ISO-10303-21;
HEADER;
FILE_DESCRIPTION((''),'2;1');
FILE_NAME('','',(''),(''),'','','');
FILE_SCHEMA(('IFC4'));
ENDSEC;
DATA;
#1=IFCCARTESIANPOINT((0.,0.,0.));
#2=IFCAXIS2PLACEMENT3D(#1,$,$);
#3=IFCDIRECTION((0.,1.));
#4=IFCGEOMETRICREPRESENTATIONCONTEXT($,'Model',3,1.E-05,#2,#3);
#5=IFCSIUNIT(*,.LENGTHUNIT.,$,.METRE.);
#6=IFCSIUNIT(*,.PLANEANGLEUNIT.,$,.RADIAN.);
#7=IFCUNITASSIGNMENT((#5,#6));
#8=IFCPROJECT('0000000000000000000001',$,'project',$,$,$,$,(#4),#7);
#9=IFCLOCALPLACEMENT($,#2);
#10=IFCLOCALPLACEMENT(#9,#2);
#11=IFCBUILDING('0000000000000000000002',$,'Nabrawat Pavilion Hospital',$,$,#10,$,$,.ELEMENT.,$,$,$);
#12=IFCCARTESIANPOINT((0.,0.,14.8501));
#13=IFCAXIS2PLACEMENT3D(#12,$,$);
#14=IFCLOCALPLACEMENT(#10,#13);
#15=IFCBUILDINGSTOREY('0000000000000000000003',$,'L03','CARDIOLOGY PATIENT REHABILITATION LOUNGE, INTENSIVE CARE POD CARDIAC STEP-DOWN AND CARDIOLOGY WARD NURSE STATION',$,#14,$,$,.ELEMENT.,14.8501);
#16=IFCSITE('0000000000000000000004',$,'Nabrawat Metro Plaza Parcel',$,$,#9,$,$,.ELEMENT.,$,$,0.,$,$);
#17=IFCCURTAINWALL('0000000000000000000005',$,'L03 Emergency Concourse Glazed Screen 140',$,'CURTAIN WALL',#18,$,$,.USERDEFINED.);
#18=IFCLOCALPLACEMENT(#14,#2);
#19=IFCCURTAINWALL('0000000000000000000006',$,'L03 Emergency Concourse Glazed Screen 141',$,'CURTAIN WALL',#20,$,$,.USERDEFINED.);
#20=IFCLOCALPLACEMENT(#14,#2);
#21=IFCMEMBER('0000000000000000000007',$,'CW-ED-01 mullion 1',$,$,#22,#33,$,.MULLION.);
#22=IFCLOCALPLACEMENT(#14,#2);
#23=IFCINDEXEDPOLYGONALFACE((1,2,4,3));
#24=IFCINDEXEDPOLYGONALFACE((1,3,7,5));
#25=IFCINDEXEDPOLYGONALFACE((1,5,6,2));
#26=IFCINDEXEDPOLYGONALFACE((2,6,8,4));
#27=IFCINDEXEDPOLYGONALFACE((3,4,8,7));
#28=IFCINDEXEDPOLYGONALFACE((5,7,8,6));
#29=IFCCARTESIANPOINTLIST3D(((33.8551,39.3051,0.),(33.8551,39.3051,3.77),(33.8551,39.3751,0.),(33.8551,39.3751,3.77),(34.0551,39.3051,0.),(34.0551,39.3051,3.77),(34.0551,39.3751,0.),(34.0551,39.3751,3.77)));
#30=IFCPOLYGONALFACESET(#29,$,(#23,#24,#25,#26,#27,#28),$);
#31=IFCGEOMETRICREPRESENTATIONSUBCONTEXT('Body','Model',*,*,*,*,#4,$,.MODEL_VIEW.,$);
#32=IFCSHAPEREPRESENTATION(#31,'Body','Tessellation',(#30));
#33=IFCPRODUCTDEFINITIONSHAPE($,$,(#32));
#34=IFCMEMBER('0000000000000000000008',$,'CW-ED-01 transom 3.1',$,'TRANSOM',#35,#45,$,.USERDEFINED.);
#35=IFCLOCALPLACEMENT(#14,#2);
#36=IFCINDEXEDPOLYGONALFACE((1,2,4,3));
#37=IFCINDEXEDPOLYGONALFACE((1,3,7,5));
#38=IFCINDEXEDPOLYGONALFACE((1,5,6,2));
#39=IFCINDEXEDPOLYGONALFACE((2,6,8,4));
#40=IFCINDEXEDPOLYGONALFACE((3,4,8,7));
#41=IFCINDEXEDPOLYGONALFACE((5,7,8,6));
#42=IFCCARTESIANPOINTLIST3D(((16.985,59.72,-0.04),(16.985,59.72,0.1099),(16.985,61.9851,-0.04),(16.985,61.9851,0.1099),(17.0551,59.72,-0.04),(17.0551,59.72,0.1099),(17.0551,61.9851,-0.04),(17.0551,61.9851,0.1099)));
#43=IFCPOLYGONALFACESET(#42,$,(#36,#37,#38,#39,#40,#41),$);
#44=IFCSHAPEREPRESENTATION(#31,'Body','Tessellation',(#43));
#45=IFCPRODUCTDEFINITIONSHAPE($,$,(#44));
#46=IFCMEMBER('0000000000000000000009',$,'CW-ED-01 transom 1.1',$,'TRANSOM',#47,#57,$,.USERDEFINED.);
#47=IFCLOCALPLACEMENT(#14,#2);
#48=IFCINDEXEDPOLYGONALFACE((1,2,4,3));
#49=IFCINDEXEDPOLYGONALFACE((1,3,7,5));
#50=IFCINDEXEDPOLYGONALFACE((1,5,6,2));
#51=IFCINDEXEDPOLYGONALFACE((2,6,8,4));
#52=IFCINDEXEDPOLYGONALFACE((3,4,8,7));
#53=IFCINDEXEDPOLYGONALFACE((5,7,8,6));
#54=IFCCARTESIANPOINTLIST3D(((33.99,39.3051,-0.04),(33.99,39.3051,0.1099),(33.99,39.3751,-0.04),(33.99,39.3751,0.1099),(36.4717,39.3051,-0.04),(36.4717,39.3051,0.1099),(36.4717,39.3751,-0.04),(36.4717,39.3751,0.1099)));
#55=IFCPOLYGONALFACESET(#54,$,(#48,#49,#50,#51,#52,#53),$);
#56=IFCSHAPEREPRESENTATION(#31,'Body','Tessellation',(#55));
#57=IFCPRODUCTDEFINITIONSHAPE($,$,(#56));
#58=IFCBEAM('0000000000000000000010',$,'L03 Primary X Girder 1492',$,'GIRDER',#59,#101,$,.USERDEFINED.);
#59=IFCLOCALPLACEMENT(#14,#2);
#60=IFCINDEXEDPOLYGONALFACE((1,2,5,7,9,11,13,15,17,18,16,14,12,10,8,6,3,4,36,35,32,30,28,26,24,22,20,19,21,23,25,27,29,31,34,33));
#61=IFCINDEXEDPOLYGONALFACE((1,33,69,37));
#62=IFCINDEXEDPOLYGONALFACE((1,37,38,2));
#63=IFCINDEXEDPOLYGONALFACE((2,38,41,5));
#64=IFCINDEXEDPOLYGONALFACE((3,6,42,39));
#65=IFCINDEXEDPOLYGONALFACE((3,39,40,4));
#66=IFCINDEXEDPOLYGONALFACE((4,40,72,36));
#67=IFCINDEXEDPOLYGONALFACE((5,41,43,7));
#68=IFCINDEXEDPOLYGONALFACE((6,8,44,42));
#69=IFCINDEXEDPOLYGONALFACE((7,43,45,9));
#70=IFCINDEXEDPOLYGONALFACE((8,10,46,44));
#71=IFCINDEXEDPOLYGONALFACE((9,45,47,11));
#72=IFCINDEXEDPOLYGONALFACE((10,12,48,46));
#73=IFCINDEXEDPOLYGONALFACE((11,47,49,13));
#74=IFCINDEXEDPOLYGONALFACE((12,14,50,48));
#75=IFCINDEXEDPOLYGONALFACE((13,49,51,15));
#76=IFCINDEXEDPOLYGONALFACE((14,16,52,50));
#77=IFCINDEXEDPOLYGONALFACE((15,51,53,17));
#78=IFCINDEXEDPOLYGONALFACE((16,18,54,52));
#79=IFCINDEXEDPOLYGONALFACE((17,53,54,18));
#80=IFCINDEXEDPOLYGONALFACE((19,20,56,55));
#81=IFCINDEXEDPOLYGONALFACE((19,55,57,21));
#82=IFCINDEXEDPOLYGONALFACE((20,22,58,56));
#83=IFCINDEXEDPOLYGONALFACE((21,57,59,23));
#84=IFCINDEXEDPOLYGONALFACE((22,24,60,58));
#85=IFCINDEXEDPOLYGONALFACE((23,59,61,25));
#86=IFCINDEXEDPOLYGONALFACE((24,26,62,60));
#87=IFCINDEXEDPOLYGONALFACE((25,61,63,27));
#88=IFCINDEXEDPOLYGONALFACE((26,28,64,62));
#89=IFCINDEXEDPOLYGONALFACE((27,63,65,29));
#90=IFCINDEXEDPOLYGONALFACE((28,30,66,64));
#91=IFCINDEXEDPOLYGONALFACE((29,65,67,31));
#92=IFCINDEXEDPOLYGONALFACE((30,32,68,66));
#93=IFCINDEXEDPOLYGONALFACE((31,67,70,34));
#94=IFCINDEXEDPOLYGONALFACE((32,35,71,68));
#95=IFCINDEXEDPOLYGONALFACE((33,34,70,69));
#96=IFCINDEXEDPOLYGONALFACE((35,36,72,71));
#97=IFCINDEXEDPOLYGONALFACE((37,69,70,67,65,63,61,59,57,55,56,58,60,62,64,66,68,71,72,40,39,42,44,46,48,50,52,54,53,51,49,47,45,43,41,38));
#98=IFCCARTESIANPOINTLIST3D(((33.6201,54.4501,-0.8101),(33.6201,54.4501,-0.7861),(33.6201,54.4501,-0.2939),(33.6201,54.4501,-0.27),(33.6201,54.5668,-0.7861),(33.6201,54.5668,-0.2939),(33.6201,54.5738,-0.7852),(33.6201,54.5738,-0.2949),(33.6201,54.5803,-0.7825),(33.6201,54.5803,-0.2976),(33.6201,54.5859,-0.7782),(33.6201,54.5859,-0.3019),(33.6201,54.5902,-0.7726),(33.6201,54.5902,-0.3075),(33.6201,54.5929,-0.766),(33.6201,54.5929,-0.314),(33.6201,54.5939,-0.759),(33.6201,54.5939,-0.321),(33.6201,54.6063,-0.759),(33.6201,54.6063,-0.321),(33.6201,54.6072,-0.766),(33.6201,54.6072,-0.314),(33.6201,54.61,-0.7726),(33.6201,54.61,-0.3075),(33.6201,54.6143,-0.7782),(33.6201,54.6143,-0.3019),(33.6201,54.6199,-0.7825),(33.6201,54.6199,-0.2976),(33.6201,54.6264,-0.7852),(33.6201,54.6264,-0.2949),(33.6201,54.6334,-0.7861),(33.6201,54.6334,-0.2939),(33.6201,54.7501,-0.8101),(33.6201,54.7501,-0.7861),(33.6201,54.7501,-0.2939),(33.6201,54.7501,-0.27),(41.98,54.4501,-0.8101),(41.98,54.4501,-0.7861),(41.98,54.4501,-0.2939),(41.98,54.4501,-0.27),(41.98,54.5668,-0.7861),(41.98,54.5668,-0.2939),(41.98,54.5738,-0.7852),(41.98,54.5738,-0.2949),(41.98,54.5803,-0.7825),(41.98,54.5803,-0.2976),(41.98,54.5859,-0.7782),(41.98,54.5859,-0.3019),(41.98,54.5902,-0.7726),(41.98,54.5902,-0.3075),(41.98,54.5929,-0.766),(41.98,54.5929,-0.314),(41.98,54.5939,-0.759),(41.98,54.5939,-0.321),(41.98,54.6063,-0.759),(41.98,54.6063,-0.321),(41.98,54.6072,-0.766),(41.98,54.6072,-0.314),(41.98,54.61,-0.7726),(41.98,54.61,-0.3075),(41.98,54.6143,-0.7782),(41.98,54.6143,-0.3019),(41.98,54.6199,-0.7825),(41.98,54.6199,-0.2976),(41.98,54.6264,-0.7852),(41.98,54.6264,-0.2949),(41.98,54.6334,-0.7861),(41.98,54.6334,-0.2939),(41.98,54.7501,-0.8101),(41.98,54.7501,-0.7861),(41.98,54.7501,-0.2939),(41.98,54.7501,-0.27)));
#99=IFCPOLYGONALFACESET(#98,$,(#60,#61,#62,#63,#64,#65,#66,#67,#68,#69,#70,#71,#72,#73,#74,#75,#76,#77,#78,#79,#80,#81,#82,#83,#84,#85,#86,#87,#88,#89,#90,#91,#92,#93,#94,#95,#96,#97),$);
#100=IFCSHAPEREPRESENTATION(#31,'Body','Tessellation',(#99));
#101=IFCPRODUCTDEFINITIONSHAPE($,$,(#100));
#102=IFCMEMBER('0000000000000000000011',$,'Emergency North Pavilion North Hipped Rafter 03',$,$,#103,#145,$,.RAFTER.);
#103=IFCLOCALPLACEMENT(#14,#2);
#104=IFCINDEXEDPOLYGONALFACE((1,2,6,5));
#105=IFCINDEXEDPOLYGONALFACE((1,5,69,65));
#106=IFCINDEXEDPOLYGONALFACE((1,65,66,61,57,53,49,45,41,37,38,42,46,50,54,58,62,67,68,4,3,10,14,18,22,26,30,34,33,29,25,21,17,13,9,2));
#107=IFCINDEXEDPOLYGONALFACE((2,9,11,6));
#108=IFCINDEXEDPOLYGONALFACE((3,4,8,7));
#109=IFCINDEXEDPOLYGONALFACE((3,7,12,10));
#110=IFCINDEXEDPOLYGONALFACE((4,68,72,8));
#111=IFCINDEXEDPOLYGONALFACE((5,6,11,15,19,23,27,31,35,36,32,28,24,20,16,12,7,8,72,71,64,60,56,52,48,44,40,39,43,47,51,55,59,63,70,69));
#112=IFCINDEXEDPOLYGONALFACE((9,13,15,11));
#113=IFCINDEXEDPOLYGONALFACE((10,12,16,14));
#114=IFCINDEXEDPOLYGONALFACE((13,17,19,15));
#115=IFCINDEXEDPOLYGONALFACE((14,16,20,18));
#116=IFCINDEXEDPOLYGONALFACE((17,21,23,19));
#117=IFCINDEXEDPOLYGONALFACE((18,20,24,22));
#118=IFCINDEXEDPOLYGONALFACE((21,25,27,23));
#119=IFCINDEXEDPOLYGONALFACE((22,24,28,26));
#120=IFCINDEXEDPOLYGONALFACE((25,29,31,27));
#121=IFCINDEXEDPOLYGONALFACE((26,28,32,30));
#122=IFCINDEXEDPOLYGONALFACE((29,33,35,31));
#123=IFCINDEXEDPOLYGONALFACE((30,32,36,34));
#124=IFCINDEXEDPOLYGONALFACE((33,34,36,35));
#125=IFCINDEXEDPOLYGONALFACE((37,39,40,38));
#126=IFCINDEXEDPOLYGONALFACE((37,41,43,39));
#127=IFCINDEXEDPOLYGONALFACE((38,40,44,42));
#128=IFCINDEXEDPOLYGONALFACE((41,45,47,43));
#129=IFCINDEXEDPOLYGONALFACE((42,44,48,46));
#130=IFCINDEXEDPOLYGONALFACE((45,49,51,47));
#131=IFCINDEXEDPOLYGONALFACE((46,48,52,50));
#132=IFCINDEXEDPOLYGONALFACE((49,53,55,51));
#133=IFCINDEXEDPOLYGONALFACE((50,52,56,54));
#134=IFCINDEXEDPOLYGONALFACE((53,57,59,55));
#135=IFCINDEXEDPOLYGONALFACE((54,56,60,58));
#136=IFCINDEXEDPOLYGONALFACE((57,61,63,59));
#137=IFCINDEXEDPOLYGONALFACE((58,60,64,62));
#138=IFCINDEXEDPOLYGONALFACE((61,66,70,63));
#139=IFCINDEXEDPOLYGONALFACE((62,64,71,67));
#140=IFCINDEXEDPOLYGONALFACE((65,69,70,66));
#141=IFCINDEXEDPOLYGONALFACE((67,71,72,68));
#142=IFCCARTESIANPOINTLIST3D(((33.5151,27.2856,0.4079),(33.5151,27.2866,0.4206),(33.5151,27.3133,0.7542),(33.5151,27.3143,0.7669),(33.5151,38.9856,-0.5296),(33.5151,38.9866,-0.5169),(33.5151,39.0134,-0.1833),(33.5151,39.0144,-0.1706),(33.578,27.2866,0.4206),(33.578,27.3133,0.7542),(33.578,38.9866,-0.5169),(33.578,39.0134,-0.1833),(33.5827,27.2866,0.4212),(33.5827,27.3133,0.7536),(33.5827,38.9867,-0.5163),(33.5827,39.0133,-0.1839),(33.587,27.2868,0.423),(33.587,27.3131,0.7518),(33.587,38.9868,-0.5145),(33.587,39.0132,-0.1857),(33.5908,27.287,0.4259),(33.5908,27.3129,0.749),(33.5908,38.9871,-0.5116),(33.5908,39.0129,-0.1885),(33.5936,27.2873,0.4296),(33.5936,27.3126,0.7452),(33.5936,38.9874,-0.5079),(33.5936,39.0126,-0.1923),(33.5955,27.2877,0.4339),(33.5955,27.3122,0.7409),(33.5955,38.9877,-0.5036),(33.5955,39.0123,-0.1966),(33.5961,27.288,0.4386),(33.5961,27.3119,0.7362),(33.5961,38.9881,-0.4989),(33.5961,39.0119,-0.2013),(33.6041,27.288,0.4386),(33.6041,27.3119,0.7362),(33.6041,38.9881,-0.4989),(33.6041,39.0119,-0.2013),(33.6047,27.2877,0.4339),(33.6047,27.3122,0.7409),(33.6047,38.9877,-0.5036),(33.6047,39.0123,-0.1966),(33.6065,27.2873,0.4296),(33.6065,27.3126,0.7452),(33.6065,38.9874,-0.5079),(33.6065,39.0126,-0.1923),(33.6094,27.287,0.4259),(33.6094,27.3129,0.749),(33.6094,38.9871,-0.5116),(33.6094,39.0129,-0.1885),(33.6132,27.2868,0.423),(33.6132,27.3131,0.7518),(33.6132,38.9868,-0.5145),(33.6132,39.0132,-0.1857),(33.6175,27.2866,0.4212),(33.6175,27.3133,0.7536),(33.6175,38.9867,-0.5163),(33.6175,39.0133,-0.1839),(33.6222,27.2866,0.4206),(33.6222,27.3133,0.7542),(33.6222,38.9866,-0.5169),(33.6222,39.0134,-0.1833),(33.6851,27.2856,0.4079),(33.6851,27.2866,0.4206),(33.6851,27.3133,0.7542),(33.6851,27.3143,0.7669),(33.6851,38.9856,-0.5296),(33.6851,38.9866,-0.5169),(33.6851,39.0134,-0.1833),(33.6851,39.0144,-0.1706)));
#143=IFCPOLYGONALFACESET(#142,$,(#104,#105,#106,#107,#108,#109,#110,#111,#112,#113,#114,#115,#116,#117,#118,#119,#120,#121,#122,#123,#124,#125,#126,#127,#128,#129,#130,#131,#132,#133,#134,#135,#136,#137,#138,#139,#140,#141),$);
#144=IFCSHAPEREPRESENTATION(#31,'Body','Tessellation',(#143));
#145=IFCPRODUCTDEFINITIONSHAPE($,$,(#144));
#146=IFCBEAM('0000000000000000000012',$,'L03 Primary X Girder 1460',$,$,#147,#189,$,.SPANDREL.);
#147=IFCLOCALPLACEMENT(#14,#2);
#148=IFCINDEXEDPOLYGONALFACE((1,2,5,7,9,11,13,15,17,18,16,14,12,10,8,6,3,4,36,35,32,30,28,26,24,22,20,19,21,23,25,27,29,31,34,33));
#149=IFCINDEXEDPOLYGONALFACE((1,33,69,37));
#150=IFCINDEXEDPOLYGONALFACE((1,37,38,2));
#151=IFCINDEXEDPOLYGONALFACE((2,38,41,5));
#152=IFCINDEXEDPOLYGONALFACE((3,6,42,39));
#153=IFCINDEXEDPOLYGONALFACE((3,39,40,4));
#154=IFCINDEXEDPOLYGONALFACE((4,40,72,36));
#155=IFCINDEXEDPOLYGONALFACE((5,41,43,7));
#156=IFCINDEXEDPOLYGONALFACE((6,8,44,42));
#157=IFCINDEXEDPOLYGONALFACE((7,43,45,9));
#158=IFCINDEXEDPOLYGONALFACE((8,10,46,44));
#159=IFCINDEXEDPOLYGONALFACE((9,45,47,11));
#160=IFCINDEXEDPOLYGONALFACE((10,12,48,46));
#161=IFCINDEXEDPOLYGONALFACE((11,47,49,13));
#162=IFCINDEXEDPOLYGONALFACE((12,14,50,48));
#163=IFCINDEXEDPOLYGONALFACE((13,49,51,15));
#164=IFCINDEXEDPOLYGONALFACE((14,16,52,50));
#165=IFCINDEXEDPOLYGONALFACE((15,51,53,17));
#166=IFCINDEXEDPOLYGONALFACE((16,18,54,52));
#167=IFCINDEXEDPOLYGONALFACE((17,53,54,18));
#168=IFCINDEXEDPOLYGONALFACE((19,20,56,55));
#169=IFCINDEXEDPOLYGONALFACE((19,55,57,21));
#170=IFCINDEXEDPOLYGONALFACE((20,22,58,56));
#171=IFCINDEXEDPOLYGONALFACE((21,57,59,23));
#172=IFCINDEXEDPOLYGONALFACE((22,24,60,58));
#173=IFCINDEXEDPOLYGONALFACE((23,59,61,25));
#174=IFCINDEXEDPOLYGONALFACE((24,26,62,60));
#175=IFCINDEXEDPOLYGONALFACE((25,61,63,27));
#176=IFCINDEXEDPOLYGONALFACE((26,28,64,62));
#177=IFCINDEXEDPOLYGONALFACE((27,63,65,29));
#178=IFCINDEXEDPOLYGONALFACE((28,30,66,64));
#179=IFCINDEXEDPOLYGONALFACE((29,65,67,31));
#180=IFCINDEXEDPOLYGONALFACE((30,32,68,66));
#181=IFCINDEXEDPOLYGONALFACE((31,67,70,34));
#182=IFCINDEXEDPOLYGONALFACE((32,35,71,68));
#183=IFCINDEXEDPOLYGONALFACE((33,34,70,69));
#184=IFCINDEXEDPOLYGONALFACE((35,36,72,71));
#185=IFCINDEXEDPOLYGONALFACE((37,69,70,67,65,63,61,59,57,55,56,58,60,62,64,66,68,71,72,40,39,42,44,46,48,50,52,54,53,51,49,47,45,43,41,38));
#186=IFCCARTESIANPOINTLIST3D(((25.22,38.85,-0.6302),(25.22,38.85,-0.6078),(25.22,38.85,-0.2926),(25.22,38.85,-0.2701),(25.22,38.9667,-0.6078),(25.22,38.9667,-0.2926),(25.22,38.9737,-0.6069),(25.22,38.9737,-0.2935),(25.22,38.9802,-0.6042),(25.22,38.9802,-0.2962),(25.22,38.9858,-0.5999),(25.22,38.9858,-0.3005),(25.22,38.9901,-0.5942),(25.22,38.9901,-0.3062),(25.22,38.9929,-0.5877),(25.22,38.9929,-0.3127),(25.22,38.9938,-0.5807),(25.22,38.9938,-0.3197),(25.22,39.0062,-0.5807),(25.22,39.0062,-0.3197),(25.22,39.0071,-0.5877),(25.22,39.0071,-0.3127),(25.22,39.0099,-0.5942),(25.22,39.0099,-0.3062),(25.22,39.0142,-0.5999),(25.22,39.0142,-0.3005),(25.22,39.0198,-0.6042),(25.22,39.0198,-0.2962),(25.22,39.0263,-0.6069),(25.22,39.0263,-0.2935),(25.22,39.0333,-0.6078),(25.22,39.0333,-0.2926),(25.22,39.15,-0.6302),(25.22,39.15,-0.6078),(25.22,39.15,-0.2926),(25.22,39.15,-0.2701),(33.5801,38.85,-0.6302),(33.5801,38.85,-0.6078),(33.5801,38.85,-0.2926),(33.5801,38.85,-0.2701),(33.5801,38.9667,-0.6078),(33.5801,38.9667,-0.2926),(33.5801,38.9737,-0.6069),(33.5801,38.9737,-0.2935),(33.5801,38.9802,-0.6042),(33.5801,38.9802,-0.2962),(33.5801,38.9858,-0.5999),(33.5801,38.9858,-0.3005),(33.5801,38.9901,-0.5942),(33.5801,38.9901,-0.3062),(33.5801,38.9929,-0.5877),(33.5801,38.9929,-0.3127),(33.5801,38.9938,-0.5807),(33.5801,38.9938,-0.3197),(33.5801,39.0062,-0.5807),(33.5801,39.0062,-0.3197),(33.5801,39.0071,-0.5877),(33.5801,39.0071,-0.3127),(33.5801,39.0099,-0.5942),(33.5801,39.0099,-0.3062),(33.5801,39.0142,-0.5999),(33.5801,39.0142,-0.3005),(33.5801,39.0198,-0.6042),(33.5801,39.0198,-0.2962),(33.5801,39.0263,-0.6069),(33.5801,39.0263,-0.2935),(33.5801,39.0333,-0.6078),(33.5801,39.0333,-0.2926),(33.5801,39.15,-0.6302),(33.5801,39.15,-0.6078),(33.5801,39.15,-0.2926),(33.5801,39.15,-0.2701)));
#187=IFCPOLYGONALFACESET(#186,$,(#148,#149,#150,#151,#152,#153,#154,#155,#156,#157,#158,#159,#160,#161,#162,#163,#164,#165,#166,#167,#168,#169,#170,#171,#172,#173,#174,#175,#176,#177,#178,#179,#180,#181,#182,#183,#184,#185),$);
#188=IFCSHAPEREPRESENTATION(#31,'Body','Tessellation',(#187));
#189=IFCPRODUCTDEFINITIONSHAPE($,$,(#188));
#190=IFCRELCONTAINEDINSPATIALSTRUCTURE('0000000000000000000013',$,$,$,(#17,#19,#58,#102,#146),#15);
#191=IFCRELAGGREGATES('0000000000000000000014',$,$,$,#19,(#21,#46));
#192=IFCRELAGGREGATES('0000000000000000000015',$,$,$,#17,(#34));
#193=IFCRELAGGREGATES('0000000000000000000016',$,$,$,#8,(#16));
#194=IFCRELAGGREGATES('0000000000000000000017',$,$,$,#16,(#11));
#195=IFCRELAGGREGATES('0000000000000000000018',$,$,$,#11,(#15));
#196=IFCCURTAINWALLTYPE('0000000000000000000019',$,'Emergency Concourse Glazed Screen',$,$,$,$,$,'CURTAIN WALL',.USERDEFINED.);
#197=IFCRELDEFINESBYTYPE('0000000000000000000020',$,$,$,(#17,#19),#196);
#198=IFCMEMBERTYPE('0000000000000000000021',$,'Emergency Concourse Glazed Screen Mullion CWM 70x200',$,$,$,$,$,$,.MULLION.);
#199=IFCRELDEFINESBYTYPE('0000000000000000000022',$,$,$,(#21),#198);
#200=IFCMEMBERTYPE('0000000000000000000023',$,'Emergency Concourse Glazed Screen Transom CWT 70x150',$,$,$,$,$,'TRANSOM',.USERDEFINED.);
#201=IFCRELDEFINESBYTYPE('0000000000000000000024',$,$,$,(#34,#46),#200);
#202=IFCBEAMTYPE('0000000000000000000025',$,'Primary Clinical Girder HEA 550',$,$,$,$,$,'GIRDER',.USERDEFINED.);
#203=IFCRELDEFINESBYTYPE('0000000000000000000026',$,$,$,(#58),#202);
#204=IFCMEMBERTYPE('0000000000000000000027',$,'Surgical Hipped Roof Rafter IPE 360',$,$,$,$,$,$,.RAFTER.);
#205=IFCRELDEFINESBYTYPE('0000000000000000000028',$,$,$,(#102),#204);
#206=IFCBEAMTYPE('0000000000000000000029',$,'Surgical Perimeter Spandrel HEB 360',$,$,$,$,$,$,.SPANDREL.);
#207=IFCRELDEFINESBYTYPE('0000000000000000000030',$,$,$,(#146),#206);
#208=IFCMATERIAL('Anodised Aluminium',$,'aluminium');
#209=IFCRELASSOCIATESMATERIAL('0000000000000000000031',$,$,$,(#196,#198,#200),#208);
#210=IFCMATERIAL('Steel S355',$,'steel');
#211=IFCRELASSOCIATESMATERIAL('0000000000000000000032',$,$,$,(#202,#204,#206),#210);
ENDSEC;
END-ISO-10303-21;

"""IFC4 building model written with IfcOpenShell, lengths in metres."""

from ifc_helpers import new_model, si_unit, direction, frame, origin, origin_2d, place, context, subcontext, project, spatial, rectangle, i_section, extrude, material, material_profile, profile_set, type_object, element, aggregate, save


model = new_model("IFC4")

# Units and contexts
model_context = context("Model", 3, precision=1e-05, world=origin(), true_north=direction((0.0, 1.0)))
body_context = subcontext(model_context, "Body", "Model", "MODEL_VIEW")
ifc_project = project(units=[si_unit("LENGTHUNIT", "METRE"), si_unit("PLANEANGLEUNIT", "RADIAN")], contexts=[model_context])

# Site, building, storey
site_placement = place(None, origin())
site = spatial("IfcSite", under=ifc_project, at=site_placement, Name="Nabrawat Metro Plaza Parcel", CompositionType="ELEMENT", RefElevation=0.0)
building_placement = place(site_placement, origin())
building = spatial("IfcBuilding", under=site, at=building_placement, Name="Nabrawat Pavilion Hospital", CompositionType="ELEMENT")
storey_placement = place(building_placement, frame((0.0, 0.0, 14.8501)))
storey = spatial("IfcBuildingStorey", under=building, at=storey_placement, Name="L03", Description="CARDIOLOGY PATIENT REHABILITATION LOUNGE, INTENSIVE CARE POD CARDIAC STEP-DOWN AND CARDIOLOGY WARD NURSE STATION", CompositionType="ELEMENT", Elevation=14.8501)

# Shared definitions
ifc_material_1 = material(Name="Steel S355", Category="steel")

# Curtain walls, member
ifc_material_2 = material(Name="Anodised Aluminium", Category="aluminium")
curtain_wall_type = type_object("IfcCurtainWallType", Name="Emergency Concourse Glazed Screen", ElementType="CURTAIN WALL", PredefinedType="USERDEFINED", material=ifc_material_2)
curtain_wall_1_placement = place(storey_placement, origin())
curtain_wall_1 = element("IfcCurtainWall", 1, at=curtain_wall_1_placement, inside=storey, type_object=curtain_wall_type, Name="L03 Emergency Concourse Glazed Screen 140", ObjectType="CURTAIN WALL", PredefinedType="USERDEFINED")
ifc_material_profile_1 = material_profile(ifc_material_2, rectangle(XDim=0.0701, YDim=0.2, at=origin_2d()), Name="CWM 70x200")
ifc_profile_set_1 = profile_set([ifc_material_profile_1], Name="Anodised Aluminium")
member_type_1 = type_object("IfcMemberType", Name="Emergency Concourse Glazed Screen Mullion CWM 70x200", PredefinedType="MULLION", material=ifc_profile_set_1)
curtain_wall_2_placement = place(storey_placement, origin())
curtain_wall_2 = element("IfcCurtainWall", 2, at=curtain_wall_2_placement, inside=storey, type_object=curtain_wall_type, Name="L03 Emergency Concourse Glazed Screen 141", ObjectType="CURTAIN WALL", PredefinedType="USERDEFINED")
member_1_placement = place(storey_placement, frame((33.9551, 39.3401, 0.0), z_axis=(0.0, 0.0, 1.0), x_axis=(0.0, 1.0, 0.0)))
member_1 = element("IfcMember", 3, at=member_1_placement, type_object=member_type_1, Name="CW-ED-01 mullion 1", PredefinedType="MULLION", context=body_context, shape_type="SweptSolid", body=[
    extrude(rectangle(XDim=0.0701, YDim=0.2, at=origin_2d()), origin(), (0.0, 0.0, 1.0), 3.77),
])

# Members
ifc_material_profile_2 = material_profile(ifc_material_2, rectangle(XDim=0.0701, YDim=0.1499, at=origin_2d()), Name="CWT 70x150")
ifc_profile_set_2 = profile_set([ifc_material_profile_2], Name="Anodised Aluminium")
member_type_2 = type_object("IfcMemberType", Name="Emergency Concourse Glazed Screen Transom CWT 70x150", ElementType="TRANSOM", PredefinedType="USERDEFINED", material=ifc_profile_set_2)
member_2_placement = place(storey_placement, frame((17.02, 59.72, 0.0349), z_axis=(0.0, 1.0, 0.0), x_axis=(-1.0, 0.0, 0.0)))
member_2 = element("IfcMember", 4, at=member_2_placement, type_object=member_type_2, Name="CW-ED-01 transom 3.1", ObjectType="TRANSOM", PredefinedType="USERDEFINED", context=body_context, shape_type="SweptSolid", body=[
    extrude(rectangle(XDim=0.0701, YDim=0.1499, at=origin_2d()), origin(), (0.0, 0.0, 1.0), 2.2651),
])
member_3_placement = place(storey_placement, frame((33.99, 39.3401, 0.0349), z_axis=(1.0, 0.0, 0.0), x_axis=(0.0, 1.0, 0.0)))
member_3 = element("IfcMember", 5, at=member_3_placement, type_object=member_type_2, Name="CW-ED-01 transom 1.1", ObjectType="TRANSOM", PredefinedType="USERDEFINED", context=body_context, shape_type="SweptSolid", body=[
    extrude(rectangle(XDim=0.0701, YDim=0.1499, at=origin_2d()), origin(), (0.0, 0.0, 1.0), 2.4817),
])
aggregate(curtain_wall_2, [member_1, member_3])

# Beam
ifc_material_profile_3 = material_profile(ifc_material_1, i_section(OverallWidth=0.3, OverallDepth=0.54, WebThickness=0.0125, FlangeThickness=0.0239, FilletRadius=0.0271, at=origin_2d()), Name="HEA 550")
ifc_profile_set_3 = profile_set([ifc_material_profile_3], Name="Steel S355")
beam_type_1 = type_object("IfcBeamType", Name="Primary Clinical Girder HEA 550", ElementType="GIRDER", PredefinedType="USERDEFINED", material=ifc_profile_set_3)
beam_1_placement = place(storey_placement, frame((33.6201, 54.6001, -0.54), z_axis=(1.0, 0.0, 0.0), x_axis=(0.0, 1.0, 0.0)))
element("IfcBeam", 6, at=beam_1_placement, inside=storey, type_object=beam_type_1, Name="L03 Primary X Girder 1492", ObjectType="GIRDER", PredefinedType="USERDEFINED", context=body_context, shape_type="SweptSolid", body=[
    extrude(i_section(OverallWidth=0.3, OverallDepth=0.54, WebThickness=0.0125, FlangeThickness=0.0239, FilletRadius=0.0271, at=origin_2d()), origin(), (0.0, 0.0, 1.0), 8.3599),
])

# Member
ifc_material_profile_4 = material_profile(ifc_material_1, i_section(OverallWidth=0.1699, OverallDepth=0.3601, WebThickness=0.0081, FlangeThickness=0.0127, FilletRadius=0.0181, at=origin_2d()), Name="IPE 360")
ifc_profile_set_4 = profile_set([ifc_material_profile_4], Name="Steel S355")
member_type_3 = type_object("IfcMemberType", Name="Surgical Hipped Roof Rafter IPE 360", PredefinedType="RAFTER", material=ifc_profile_set_4)
member_4_placement = place(storey_placement, frame((33.6001, 39.0, -0.3501), z_axis=(0.0, -0.996805, 0.079873), x_axis=(1.0, 0.0, 0.0)))
element("IfcMember", 7, at=member_4_placement, inside=storey, type_object=member_type_3, Name="Emergency North Pavilion North Hipped Rafter 03", PredefinedType="RAFTER", context=body_context, shape_type="SweptSolid", body=[
    extrude(i_section(OverallWidth=0.1699, OverallDepth=0.3601, WebThickness=0.0081, FlangeThickness=0.0127, FilletRadius=0.0181, at=origin_2d()), origin(), (0.0, 0.0, 1.0), 11.7375),
])

# Beam
ifc_material_profile_5 = material_profile(ifc_material_1, i_section(OverallWidth=0.3, OverallDepth=0.3601, WebThickness=0.0125, FlangeThickness=0.0225, FilletRadius=0.0271, at=origin_2d()), Name="HEB 360")
ifc_profile_set_5 = profile_set([ifc_material_profile_5], Name="Steel S355")
beam_type_2 = type_object("IfcBeamType", Name="Surgical Perimeter Spandrel HEB 360", PredefinedType="SPANDREL", material=ifc_profile_set_5)
beam_2_placement = place(storey_placement, frame((25.22, 39.0, -0.4502), z_axis=(1.0, 0.0, 0.0), x_axis=(0.0, 1.0, 0.0)))
element("IfcBeam", 8, at=beam_2_placement, inside=storey, type_object=beam_type_2, Name="L03 Primary X Girder 1460", PredefinedType="SPANDREL", context=body_context, shape_type="SweptSolid", body=[
    extrude(i_section(OverallWidth=0.3, OverallDepth=0.3601, WebThickness=0.0125, FlangeThickness=0.0225, FilletRadius=0.0271, at=origin_2d()), origin(), (0.0, 0.0, 1.0), 8.3601),
])

aggregate(curtain_wall_1, [member_2])

save(model, "model.ifc")
